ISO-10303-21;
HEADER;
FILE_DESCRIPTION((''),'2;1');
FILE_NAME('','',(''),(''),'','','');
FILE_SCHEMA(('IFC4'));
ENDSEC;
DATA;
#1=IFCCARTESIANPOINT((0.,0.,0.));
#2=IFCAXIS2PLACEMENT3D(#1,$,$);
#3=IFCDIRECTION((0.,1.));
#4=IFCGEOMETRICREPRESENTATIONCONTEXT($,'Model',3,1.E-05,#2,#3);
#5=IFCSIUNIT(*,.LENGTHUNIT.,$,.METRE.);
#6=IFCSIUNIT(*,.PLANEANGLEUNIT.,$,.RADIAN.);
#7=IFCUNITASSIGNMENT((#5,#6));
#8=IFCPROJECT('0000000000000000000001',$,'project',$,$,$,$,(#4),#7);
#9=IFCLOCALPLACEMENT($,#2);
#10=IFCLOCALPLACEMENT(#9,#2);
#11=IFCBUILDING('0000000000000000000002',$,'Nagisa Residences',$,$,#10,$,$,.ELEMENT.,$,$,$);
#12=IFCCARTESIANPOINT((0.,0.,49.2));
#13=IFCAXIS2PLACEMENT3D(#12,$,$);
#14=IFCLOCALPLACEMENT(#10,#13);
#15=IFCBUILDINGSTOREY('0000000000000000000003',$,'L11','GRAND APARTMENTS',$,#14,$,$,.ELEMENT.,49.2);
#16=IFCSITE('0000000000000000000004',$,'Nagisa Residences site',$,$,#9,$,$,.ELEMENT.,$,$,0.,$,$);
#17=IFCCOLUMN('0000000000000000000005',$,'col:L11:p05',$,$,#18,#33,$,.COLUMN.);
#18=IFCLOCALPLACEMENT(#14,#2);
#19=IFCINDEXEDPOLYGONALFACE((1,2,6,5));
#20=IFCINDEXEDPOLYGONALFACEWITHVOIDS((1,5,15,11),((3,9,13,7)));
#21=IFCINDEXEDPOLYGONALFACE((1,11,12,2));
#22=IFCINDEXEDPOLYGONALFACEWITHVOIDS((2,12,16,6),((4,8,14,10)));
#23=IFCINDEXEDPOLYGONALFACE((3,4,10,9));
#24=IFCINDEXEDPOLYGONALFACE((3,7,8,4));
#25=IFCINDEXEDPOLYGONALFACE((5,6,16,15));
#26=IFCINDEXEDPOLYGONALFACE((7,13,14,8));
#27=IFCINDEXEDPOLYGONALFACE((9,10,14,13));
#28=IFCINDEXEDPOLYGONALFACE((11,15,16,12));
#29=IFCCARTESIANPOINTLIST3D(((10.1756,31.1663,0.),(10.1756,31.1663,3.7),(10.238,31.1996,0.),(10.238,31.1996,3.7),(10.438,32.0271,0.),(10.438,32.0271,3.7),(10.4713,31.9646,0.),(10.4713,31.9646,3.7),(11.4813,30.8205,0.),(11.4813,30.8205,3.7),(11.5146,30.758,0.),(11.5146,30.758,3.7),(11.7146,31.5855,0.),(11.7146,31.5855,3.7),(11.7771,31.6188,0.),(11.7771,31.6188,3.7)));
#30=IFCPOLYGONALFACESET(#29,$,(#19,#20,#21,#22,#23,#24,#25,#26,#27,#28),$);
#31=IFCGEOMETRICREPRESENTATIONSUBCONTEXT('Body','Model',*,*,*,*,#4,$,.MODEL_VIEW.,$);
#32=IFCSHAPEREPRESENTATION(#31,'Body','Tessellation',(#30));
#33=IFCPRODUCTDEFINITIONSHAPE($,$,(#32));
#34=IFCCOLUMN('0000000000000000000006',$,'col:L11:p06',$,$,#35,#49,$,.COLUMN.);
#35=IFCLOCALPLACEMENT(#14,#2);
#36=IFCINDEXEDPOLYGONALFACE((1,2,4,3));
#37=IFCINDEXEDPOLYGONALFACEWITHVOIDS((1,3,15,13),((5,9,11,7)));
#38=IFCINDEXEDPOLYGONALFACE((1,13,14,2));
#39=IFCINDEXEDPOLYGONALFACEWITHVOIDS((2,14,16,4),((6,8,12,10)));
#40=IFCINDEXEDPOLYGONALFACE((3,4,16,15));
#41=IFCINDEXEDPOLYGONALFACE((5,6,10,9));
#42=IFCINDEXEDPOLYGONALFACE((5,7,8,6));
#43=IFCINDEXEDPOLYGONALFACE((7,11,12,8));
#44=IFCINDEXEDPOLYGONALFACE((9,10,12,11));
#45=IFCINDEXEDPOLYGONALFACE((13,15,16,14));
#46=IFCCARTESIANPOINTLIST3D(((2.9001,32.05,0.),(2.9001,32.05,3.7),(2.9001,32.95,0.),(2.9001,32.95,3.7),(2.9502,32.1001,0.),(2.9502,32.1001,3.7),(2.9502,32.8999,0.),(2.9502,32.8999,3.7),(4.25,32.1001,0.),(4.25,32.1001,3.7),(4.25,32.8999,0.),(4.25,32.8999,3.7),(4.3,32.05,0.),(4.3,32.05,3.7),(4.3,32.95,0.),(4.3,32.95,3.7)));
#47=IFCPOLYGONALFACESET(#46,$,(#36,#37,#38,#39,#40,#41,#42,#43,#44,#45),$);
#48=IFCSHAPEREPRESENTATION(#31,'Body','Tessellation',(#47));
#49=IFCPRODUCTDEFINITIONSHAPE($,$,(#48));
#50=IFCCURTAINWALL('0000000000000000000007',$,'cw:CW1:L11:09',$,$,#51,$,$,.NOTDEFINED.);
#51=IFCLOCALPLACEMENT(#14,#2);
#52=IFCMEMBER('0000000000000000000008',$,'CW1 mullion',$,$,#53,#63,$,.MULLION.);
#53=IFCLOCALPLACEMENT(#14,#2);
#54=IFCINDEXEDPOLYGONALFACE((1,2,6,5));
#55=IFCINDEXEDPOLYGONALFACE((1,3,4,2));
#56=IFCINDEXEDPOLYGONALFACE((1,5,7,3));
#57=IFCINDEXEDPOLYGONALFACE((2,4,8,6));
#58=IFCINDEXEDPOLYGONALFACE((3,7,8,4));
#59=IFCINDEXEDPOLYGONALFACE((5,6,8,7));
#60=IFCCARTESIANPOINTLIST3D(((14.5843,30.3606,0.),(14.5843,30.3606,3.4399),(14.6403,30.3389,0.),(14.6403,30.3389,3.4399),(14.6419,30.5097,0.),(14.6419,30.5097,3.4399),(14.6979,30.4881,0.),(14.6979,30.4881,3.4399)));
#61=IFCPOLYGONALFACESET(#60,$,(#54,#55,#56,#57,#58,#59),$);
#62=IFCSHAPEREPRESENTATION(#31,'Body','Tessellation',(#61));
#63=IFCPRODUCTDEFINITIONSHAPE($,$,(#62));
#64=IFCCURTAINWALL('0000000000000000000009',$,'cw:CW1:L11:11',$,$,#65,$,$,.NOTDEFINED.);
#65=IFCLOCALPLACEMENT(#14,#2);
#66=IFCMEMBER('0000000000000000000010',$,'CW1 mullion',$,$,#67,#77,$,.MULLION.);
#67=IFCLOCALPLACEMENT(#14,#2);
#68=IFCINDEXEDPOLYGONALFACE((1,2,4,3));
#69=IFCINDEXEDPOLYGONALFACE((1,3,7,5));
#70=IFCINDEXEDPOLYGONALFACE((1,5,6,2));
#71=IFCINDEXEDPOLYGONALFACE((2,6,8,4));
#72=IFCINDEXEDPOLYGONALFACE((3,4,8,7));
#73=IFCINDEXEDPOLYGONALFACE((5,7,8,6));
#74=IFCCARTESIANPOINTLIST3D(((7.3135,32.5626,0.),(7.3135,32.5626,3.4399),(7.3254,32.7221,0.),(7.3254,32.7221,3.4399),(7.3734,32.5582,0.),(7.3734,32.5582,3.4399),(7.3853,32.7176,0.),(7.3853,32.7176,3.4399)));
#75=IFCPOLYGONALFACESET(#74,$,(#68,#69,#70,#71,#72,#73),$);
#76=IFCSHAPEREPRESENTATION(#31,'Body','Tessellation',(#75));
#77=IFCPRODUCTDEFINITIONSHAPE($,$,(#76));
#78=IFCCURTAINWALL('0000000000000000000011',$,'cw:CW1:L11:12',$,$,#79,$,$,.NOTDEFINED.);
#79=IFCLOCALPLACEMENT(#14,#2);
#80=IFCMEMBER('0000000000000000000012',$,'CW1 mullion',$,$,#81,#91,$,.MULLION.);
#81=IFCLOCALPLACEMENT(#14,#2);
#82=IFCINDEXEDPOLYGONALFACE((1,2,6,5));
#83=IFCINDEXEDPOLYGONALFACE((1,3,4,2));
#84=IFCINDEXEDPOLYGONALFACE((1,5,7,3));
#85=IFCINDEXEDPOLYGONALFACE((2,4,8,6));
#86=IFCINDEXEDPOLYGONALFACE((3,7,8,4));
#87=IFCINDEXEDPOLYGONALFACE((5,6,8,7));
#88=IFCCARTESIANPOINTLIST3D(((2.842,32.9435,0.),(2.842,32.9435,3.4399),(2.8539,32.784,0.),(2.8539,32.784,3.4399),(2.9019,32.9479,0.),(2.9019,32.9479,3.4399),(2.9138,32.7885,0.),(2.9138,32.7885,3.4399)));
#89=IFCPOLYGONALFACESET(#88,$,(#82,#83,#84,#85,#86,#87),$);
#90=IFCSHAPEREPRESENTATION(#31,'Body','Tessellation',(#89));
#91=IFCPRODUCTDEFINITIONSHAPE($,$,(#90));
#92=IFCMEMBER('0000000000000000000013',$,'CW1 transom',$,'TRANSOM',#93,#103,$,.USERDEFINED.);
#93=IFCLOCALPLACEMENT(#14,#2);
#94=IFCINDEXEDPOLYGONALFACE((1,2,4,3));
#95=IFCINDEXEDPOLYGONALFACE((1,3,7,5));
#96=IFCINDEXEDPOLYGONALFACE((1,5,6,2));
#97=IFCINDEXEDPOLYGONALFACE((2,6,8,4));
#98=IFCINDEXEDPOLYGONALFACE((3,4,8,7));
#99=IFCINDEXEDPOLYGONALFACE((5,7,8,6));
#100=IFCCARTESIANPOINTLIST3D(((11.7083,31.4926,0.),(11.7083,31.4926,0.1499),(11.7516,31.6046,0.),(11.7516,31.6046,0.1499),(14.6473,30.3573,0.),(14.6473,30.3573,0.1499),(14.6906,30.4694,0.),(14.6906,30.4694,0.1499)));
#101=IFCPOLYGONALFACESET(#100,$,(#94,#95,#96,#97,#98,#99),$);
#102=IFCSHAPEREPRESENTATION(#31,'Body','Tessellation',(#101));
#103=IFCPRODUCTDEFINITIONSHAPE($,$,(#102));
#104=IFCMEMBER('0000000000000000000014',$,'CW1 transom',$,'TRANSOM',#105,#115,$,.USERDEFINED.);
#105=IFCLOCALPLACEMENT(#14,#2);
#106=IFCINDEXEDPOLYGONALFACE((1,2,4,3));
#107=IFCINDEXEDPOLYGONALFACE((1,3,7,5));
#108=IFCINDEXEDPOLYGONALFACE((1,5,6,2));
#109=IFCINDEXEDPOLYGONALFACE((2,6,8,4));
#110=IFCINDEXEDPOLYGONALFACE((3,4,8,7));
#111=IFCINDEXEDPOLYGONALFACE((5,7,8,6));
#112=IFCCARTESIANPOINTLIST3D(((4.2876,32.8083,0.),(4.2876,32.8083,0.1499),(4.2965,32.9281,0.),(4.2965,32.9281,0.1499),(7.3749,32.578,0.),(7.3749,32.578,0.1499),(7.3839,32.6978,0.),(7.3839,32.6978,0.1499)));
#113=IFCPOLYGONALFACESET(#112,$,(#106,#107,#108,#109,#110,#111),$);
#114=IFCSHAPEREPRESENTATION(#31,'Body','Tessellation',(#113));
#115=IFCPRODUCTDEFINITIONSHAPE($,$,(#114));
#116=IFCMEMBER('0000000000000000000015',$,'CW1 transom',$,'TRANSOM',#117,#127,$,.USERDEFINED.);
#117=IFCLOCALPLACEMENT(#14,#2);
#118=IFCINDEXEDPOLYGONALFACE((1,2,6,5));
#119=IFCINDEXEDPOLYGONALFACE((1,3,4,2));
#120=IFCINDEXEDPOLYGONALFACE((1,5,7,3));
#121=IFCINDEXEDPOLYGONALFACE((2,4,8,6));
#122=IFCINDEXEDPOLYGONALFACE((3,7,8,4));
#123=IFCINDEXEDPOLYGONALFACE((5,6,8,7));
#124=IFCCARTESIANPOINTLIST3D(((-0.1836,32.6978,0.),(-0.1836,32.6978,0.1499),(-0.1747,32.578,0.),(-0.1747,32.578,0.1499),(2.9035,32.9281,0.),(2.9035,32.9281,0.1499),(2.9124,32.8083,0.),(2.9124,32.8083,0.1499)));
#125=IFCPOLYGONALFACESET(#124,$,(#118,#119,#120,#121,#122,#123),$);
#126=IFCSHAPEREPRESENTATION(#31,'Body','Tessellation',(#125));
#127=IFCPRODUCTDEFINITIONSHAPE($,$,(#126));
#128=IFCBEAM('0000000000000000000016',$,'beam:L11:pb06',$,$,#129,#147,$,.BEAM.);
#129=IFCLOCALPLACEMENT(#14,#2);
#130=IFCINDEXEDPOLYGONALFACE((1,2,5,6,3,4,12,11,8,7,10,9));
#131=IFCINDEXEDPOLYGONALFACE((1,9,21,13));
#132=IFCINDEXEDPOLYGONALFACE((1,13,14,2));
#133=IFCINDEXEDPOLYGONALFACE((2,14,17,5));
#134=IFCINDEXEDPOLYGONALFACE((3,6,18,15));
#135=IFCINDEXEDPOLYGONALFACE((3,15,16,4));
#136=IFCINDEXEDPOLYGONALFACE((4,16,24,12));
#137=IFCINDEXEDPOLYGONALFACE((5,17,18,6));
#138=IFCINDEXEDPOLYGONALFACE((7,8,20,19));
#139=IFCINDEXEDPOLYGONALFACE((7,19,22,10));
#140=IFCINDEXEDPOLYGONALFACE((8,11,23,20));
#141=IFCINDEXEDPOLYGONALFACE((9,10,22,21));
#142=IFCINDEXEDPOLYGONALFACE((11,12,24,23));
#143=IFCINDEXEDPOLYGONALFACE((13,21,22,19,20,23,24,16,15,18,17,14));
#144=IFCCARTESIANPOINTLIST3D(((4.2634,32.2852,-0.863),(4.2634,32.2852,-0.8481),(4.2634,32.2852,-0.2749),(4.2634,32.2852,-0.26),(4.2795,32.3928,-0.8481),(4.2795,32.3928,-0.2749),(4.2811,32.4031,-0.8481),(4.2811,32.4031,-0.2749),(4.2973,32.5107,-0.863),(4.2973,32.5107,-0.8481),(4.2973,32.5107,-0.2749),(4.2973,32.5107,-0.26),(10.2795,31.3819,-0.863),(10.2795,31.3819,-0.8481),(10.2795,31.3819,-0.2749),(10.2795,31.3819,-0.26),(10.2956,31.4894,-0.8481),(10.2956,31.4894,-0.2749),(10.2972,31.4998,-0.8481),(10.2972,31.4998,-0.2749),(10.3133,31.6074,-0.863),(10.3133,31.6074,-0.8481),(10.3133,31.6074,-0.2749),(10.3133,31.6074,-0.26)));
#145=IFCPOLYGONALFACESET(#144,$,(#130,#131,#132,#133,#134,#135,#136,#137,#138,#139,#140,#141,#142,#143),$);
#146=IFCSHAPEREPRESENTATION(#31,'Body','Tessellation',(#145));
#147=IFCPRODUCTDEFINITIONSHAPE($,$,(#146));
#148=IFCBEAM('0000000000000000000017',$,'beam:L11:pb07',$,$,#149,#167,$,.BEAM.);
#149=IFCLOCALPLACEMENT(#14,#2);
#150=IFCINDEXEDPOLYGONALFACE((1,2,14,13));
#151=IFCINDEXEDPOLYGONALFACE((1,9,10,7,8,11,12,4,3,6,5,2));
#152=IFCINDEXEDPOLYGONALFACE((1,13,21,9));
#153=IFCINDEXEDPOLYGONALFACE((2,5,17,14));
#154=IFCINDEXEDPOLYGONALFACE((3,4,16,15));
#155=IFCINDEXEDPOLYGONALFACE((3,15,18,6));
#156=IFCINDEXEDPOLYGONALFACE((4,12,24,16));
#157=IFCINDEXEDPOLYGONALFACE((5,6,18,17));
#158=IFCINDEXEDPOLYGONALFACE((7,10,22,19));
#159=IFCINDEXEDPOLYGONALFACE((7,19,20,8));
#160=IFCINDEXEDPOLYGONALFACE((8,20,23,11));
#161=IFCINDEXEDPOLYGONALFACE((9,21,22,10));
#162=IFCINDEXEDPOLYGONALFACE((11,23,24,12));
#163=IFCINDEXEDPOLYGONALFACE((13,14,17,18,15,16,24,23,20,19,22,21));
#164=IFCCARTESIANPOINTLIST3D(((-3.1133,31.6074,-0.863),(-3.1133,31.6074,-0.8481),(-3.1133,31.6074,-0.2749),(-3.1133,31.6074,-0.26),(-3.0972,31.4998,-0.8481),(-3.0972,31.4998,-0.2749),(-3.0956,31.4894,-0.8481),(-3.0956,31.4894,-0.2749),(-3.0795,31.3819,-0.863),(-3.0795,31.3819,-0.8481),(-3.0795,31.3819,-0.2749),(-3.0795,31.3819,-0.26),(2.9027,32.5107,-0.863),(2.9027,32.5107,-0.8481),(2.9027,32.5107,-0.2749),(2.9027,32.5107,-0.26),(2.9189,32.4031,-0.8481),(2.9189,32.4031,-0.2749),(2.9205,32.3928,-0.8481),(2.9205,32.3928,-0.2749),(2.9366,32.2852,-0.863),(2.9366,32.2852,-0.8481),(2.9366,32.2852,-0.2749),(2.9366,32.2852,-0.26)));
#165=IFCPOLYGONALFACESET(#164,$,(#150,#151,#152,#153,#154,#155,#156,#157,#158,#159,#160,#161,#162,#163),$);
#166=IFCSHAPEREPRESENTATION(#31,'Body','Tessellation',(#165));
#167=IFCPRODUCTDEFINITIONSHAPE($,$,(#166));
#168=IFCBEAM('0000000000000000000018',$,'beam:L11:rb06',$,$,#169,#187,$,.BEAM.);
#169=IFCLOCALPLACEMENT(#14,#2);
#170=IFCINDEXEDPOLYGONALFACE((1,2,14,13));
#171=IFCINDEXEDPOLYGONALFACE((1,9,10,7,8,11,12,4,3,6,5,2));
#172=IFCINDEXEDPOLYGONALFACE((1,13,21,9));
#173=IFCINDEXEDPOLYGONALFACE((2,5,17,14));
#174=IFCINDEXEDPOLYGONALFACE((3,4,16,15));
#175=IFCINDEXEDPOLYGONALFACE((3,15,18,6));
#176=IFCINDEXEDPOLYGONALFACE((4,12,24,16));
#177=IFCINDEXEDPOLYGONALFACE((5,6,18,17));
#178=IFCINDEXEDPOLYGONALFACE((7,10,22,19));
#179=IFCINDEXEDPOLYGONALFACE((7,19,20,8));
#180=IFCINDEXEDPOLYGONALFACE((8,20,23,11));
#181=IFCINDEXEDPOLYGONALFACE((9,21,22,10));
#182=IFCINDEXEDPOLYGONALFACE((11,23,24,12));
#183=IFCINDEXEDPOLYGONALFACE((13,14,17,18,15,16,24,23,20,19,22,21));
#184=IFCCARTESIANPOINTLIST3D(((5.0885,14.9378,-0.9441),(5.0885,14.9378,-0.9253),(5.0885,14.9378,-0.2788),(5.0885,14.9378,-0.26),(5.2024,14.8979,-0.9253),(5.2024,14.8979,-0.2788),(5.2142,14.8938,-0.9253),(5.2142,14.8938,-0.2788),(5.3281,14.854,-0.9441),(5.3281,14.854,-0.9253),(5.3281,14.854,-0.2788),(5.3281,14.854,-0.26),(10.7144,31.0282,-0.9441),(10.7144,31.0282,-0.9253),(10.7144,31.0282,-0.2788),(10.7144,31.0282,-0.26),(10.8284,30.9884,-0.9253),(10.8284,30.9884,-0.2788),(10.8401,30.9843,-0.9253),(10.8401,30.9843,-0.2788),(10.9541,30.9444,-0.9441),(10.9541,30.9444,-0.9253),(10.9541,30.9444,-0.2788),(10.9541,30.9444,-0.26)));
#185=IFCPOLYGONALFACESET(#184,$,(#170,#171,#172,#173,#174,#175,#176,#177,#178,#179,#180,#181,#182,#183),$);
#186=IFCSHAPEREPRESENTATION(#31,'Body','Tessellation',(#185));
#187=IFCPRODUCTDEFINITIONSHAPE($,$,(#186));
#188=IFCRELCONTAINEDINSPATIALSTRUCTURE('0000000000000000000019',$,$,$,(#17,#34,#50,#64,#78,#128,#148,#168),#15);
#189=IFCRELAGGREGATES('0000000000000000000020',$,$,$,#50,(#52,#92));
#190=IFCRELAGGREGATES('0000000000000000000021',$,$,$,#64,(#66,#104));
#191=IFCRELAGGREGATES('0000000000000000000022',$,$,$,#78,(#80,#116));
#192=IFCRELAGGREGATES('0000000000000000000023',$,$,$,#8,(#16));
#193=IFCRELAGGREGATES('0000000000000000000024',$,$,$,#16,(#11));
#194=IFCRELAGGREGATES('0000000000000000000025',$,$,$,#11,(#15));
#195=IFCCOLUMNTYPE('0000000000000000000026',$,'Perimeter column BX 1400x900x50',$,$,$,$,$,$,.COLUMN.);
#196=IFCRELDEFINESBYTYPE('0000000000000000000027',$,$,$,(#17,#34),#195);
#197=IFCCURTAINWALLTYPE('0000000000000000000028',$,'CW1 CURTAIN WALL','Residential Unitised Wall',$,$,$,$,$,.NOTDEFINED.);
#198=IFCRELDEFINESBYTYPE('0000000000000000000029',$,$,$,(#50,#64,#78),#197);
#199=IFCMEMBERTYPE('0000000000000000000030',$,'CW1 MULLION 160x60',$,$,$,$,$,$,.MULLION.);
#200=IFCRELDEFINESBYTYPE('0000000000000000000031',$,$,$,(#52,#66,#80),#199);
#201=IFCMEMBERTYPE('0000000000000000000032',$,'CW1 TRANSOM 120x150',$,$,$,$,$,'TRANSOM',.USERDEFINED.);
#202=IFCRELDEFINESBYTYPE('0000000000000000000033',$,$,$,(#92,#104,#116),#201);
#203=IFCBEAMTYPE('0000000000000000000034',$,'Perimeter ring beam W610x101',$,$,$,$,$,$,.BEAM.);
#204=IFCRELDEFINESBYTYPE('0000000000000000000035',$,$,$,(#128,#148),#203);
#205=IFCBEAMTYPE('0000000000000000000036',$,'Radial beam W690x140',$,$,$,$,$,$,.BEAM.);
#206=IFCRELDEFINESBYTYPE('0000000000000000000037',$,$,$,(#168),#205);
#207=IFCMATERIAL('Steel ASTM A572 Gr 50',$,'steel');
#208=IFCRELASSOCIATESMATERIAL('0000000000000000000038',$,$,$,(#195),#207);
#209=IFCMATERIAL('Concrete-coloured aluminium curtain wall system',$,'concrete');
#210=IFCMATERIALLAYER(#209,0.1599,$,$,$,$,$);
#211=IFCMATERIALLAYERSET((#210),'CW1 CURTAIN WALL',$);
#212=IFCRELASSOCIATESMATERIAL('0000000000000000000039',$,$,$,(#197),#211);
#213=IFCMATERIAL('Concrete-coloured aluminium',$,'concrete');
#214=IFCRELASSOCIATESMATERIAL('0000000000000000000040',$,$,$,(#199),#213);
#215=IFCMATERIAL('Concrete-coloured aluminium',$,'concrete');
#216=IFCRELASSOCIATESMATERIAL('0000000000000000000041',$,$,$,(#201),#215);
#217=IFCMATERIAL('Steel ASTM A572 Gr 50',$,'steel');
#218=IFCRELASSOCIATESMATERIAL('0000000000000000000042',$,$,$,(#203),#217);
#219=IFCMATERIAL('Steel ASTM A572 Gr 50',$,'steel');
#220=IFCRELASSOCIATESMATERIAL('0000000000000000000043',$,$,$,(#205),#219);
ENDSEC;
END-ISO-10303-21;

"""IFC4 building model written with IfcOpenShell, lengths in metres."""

from ifc_helpers import new_model, si_unit, direction, frame, origin, origin_2d, place, context, subcontext, project, spatial, rectangle, hollow_rectangle, i_section, extrude, material, layer, layer_set, material_profile, profile_set, type_object, element, aggregate, save


model = new_model("IFC4")

# Units and contexts
model_context = context("Model", 3, precision=1e-05, world=origin(), true_north=direction((0.0, 1.0)))
body_context = subcontext(model_context, "Body", "Model", "MODEL_VIEW")
ifc_project = project(units=[si_unit("LENGTHUNIT", "METRE"), si_unit("PLANEANGLEUNIT", "RADIAN")], contexts=[model_context])

# Site, building, storey
site_placement = place(None, origin())
site = spatial("IfcSite", under=ifc_project, at=site_placement, Name="Nagisa Residences site", CompositionType="ELEMENT", RefElevation=0.0)
building_placement = place(site_placement, origin())
building = spatial("IfcBuilding", under=site, at=building_placement, Name="Nagisa Residences", CompositionType="ELEMENT")
storey_placement = place(building_placement, frame((0.0, 0.0, 49.2)))
storey = spatial("IfcBuildingStorey", under=building, at=storey_placement, Name="L11", Description="GRAND APARTMENTS", CompositionType="ELEMENT", Elevation=49.2)

# Columns
ifc_material_1 = material(Name="Steel ASTM A572 Gr 50", Category="steel")
ifc_material_profile_1 = material_profile(ifc_material_1, hollow_rectangle(XDim=1.3999, YDim=0.8999, WallThickness=0.05, at=origin_2d()), Name="BX 1400x900x50")
ifc_profile_set_1 = profile_set([ifc_material_profile_1], Name="Steel ASTM A572 Gr 50")
column_type = type_object("IfcColumnType", Name="Perimeter column BX 1400x900x50", PredefinedType="COLUMN", material=ifc_profile_set_1)
for number, where, z_axis, x_axis, name in (
    (1, (10.9763, 31.3926, 0.0), (0.0, 0.0, 1.0), (-0.956525, 0.291652, 0.0), "col:L11:p05"),
    (2, (3.6001, 32.5, 0.0), (0.0, 0.0, 1.0), (-1.0, 0.0, 0.0), "col:L11:p06"),
):
    element("IfcColumn", number, at=place(storey_placement, frame(where, z_axis=z_axis, x_axis=x_axis)), inside=storey, type_object=column_type, Name=name, PredefinedType="COLUMN", context=body_context, shape_type="SweptSolid", body=[
        extrude(hollow_rectangle(XDim=1.3999, YDim=0.8999, WallThickness=0.05, at=origin_2d()), origin(), (0.0, 0.0, 1.0), 3.7),
    ])

# Curtain walls, members
ifc_material_2 = material(Name="Concrete-coloured aluminium curtain wall system", Category="concrete")
ifc_layer_1 = layer(ifc_material_2, 0.1599)
ifc_layer_set_1 = layer_set([ifc_layer_1], Name="CW1 CURTAIN WALL")
curtain_wall_type = type_object("IfcCurtainWallType", Name="CW1 CURTAIN WALL", Description="Residential Unitised Wall", PredefinedType="NOTDEFINED", material=ifc_layer_set_1)
curtain_wall_1_placement = place(storey_placement, origin())
curtain_wall_1 = element("IfcCurtainWall", 3, at=curtain_wall_1_placement, inside=storey, type_object=curtain_wall_type, Name="cw:CW1:L11:09", PredefinedType="NOTDEFINED")
ifc_material_3 = material(Name="Concrete-coloured aluminium", Category="concrete")
ifc_material_profile_2 = material_profile(ifc_material_3, rectangle(XDim=0.1599, YDim=0.0601, at=origin_2d()), Name="CW1 MULLION 160x60")
ifc_profile_set_2 = profile_set([ifc_material_profile_2], Name="Concrete-coloured aluminium")
member_type_1 = type_object("IfcMemberType", Name="CW1 MULLION 160x60", PredefinedType="MULLION", material=ifc_profile_set_2)
member_1_placement = place(storey_placement, frame((14.6411, 30.4243, 0.0), z_axis=(0.0, 0.0, 1.0), x_axis=(-0.360328, -0.932826, 0.0)))
member_1 = element("IfcMember", 4, at=member_1_placement, type_object=member_type_1, Name="CW1 mullion", PredefinedType="MULLION", context=body_context, shape_type="SweptSolid", body=[
    extrude(rectangle(XDim=0.1599, YDim=0.0601, at=origin_2d()), origin(), (0.0, 0.0, 1.0), 3.4399),
])
curtain_wall_2_placement = place(storey_placement, origin())
curtain_wall_2 = element("IfcCurtainWall", 5, at=curtain_wall_2_placement, inside=storey, type_object=curtain_wall_type, Name="cw:CW1:L11:11", PredefinedType="NOTDEFINED")
member_2_placement = place(storey_placement, frame((7.3494, 32.6401, 0.0), z_axis=(0.0, 0.0, 1.0), x_axis=(-0.074377, -0.99723, 0.0)))
member_2 = element("IfcMember", 6, at=member_2_placement, type_object=member_type_1, Name="CW1 mullion", PredefinedType="MULLION", context=body_context, shape_type="SweptSolid", body=[
    extrude(rectangle(XDim=0.1599, YDim=0.0601, at=origin_2d()), origin(), (0.0, 0.0, 1.0), 3.4399),
])
curtain_wall_3_placement = place(storey_placement, origin())
curtain_wall_3 = element("IfcCurtainWall", 7, at=curtain_wall_3_placement, inside=storey, type_object=curtain_wall_type, Name="cw:CW1:L11:12", PredefinedType="NOTDEFINED")
member_3_placement = place(storey_placement, frame((2.8779, 32.866, 0.0), z_axis=(0.0, 0.0, 1.0), x_axis=(0.074377, -0.99723, 0.0)))
member_3 = element("IfcMember", 8, at=member_3_placement, type_object=member_type_1, Name="CW1 mullion", PredefinedType="MULLION", context=body_context, shape_type="SweptSolid", body=[
    extrude(rectangle(XDim=0.1599, YDim=0.0601, at=origin_2d()), origin(), (0.0, 0.0, 1.0), 3.4399),
])

# Members
ifc_material_4 = material(Name="Concrete-coloured aluminium", Category="concrete")
ifc_material_profile_3 = material_profile(ifc_material_4, rectangle(XDim=0.1201, YDim=0.1499, at=origin_2d()), Name="CW1 TRANSOM 120x150")
ifc_profile_set_3 = profile_set([ifc_material_profile_3], Name="Concrete-coloured aluminium")
member_type_2 = type_object("IfcMemberType", Name="CW1 TRANSOM 120x150", ElementType="TRANSOM", PredefinedType="USERDEFINED", material=ifc_profile_set_3)
member_4_placement = place(storey_placement, frame((14.6689, 30.4133, 0.075), z_axis=(-0.932825, 0.360329, 0.0), x_axis=(-0.360329, -0.932825, 0.0)))
member_4 = element("IfcMember", 9, at=member_4_placement, type_object=member_type_2, Name="CW1 transom", ObjectType="TRANSOM", PredefinedType="USERDEFINED", context=body_context, shape_type="SweptSolid", body=[
    extrude(rectangle(XDim=0.1201, YDim=0.1499, at=origin_2d()), origin(), (0.0, 0.0, 1.0), 3.1506),
])
member_5_placement = place(storey_placement, frame((7.3794, 32.6379, 0.075), z_axis=(-0.997231, 0.074363, 0.0), x_axis=(-0.074363, -0.997231, 0.0)))
member_5 = element("IfcMember", 10, at=member_5_placement, type_object=member_type_2, Name="CW1 transom", ObjectType="TRANSOM", PredefinedType="USERDEFINED", context=body_context, shape_type="SweptSolid", body=[
    extrude(rectangle(XDim=0.1201, YDim=0.1499, at=origin_2d()), origin(), (0.0, 0.0, 1.0), 3.0959),
])
member_6_placement = place(storey_placement, frame((2.908, 32.8682, 0.075), z_axis=(-0.997231, -0.074368, 0.0), x_axis=(0.074368, -0.997231, 0.0)))
member_6 = element("IfcMember", 11, at=member_6_placement, type_object=member_type_2, Name="CW1 transom", ObjectType="TRANSOM", PredefinedType="USERDEFINED", context=body_context, shape_type="SweptSolid", body=[
    extrude(rectangle(XDim=0.1201, YDim=0.1499, at=origin_2d()), origin(), (0.0, 0.0, 1.0), 3.0957),
])

# Beams
ifc_material_5 = material(Name="Steel ASTM A572 Gr 50", Category="steel")
ifc_material_profile_4 = material_profile(ifc_material_5, i_section(OverallWidth=0.228, OverallDepth=0.603, WebThickness=0.0105, FlangeThickness=0.0149, at=origin_2d()), Name="W610x101")
ifc_profile_set_4 = profile_set([ifc_material_profile_4], Name="Steel ASTM A572 Gr 50")
beam_type_1 = type_object("IfcBeamType", Name="Perimeter ring beam W610x101", PredefinedType="BEAM", material=ifc_profile_set_4)
for number, where, z_axis, x_axis, name in (
    (12, (10.2964, 31.4946, -0.5615), (-0.988915, 0.148486, 0.0), (-0.148486, -0.988915, 0.0), "beam:L11:pb06"),
    (13, (2.9197, 32.3979, -0.5615), (-0.988915, -0.148486, 0.0), (0.148486, -0.988915, 0.0), "beam:L11:pb07"),
):
    element("IfcBeam", number, at=place(storey_placement, frame(where, z_axis=z_axis, x_axis=x_axis)), inside=storey, type_object=beam_type_1, Name=name, PredefinedType="BEAM", context=body_context, shape_type="SweptSolid", body=[
        extrude(i_section(OverallWidth=0.228, OverallDepth=0.603, WebThickness=0.0105, FlangeThickness=0.0149, at=origin_2d()), origin(), (0.0, 0.0, 1.0), 6.0835),
    ])
ifc_material_6 = material(Name="Steel ASTM A572 Gr 50", Category="steel")
ifc_material_profile_5 = material_profile(ifc_material_6, i_section(OverallWidth=0.2539, OverallDepth=0.6841, WebThickness=0.0125, FlangeThickness=0.0188, at=origin_2d()), Name="W690x140")
ifc_profile_set_5 = profile_set([ifc_material_profile_5], Name="Steel ASTM A572 Gr 50")
beam_type_2 = type_object("IfcBeamType", Name="Radial beam W690x140", PredefinedType="BEAM", material=ifc_profile_set_5)
beam_1_placement = place(storey_placement, frame((10.8342, 30.9863, -0.6021), z_axis=(-0.330051, -0.943963, 0.0), x_axis=(0.943963, -0.330051, 0.0)))
element("IfcBeam", 14, at=beam_1_placement, inside=storey, type_object=beam_type_2, Name="beam:L11:rb06", PredefinedType="BEAM", context=body_context, shape_type="SweptSolid", body=[
    extrude(i_section(OverallWidth=0.2539, OverallDepth=0.6841, WebThickness=0.0125, FlangeThickness=0.0188, at=origin_2d()), origin(), (0.0, 0.0, 1.0), 17.0457),
])

aggregate(curtain_wall_1, [member_1, member_4])
aggregate(curtain_wall_2, [member_2, member_5])
aggregate(curtain_wall_3, [member_3, member_6])

save(model, "model.ifc")
